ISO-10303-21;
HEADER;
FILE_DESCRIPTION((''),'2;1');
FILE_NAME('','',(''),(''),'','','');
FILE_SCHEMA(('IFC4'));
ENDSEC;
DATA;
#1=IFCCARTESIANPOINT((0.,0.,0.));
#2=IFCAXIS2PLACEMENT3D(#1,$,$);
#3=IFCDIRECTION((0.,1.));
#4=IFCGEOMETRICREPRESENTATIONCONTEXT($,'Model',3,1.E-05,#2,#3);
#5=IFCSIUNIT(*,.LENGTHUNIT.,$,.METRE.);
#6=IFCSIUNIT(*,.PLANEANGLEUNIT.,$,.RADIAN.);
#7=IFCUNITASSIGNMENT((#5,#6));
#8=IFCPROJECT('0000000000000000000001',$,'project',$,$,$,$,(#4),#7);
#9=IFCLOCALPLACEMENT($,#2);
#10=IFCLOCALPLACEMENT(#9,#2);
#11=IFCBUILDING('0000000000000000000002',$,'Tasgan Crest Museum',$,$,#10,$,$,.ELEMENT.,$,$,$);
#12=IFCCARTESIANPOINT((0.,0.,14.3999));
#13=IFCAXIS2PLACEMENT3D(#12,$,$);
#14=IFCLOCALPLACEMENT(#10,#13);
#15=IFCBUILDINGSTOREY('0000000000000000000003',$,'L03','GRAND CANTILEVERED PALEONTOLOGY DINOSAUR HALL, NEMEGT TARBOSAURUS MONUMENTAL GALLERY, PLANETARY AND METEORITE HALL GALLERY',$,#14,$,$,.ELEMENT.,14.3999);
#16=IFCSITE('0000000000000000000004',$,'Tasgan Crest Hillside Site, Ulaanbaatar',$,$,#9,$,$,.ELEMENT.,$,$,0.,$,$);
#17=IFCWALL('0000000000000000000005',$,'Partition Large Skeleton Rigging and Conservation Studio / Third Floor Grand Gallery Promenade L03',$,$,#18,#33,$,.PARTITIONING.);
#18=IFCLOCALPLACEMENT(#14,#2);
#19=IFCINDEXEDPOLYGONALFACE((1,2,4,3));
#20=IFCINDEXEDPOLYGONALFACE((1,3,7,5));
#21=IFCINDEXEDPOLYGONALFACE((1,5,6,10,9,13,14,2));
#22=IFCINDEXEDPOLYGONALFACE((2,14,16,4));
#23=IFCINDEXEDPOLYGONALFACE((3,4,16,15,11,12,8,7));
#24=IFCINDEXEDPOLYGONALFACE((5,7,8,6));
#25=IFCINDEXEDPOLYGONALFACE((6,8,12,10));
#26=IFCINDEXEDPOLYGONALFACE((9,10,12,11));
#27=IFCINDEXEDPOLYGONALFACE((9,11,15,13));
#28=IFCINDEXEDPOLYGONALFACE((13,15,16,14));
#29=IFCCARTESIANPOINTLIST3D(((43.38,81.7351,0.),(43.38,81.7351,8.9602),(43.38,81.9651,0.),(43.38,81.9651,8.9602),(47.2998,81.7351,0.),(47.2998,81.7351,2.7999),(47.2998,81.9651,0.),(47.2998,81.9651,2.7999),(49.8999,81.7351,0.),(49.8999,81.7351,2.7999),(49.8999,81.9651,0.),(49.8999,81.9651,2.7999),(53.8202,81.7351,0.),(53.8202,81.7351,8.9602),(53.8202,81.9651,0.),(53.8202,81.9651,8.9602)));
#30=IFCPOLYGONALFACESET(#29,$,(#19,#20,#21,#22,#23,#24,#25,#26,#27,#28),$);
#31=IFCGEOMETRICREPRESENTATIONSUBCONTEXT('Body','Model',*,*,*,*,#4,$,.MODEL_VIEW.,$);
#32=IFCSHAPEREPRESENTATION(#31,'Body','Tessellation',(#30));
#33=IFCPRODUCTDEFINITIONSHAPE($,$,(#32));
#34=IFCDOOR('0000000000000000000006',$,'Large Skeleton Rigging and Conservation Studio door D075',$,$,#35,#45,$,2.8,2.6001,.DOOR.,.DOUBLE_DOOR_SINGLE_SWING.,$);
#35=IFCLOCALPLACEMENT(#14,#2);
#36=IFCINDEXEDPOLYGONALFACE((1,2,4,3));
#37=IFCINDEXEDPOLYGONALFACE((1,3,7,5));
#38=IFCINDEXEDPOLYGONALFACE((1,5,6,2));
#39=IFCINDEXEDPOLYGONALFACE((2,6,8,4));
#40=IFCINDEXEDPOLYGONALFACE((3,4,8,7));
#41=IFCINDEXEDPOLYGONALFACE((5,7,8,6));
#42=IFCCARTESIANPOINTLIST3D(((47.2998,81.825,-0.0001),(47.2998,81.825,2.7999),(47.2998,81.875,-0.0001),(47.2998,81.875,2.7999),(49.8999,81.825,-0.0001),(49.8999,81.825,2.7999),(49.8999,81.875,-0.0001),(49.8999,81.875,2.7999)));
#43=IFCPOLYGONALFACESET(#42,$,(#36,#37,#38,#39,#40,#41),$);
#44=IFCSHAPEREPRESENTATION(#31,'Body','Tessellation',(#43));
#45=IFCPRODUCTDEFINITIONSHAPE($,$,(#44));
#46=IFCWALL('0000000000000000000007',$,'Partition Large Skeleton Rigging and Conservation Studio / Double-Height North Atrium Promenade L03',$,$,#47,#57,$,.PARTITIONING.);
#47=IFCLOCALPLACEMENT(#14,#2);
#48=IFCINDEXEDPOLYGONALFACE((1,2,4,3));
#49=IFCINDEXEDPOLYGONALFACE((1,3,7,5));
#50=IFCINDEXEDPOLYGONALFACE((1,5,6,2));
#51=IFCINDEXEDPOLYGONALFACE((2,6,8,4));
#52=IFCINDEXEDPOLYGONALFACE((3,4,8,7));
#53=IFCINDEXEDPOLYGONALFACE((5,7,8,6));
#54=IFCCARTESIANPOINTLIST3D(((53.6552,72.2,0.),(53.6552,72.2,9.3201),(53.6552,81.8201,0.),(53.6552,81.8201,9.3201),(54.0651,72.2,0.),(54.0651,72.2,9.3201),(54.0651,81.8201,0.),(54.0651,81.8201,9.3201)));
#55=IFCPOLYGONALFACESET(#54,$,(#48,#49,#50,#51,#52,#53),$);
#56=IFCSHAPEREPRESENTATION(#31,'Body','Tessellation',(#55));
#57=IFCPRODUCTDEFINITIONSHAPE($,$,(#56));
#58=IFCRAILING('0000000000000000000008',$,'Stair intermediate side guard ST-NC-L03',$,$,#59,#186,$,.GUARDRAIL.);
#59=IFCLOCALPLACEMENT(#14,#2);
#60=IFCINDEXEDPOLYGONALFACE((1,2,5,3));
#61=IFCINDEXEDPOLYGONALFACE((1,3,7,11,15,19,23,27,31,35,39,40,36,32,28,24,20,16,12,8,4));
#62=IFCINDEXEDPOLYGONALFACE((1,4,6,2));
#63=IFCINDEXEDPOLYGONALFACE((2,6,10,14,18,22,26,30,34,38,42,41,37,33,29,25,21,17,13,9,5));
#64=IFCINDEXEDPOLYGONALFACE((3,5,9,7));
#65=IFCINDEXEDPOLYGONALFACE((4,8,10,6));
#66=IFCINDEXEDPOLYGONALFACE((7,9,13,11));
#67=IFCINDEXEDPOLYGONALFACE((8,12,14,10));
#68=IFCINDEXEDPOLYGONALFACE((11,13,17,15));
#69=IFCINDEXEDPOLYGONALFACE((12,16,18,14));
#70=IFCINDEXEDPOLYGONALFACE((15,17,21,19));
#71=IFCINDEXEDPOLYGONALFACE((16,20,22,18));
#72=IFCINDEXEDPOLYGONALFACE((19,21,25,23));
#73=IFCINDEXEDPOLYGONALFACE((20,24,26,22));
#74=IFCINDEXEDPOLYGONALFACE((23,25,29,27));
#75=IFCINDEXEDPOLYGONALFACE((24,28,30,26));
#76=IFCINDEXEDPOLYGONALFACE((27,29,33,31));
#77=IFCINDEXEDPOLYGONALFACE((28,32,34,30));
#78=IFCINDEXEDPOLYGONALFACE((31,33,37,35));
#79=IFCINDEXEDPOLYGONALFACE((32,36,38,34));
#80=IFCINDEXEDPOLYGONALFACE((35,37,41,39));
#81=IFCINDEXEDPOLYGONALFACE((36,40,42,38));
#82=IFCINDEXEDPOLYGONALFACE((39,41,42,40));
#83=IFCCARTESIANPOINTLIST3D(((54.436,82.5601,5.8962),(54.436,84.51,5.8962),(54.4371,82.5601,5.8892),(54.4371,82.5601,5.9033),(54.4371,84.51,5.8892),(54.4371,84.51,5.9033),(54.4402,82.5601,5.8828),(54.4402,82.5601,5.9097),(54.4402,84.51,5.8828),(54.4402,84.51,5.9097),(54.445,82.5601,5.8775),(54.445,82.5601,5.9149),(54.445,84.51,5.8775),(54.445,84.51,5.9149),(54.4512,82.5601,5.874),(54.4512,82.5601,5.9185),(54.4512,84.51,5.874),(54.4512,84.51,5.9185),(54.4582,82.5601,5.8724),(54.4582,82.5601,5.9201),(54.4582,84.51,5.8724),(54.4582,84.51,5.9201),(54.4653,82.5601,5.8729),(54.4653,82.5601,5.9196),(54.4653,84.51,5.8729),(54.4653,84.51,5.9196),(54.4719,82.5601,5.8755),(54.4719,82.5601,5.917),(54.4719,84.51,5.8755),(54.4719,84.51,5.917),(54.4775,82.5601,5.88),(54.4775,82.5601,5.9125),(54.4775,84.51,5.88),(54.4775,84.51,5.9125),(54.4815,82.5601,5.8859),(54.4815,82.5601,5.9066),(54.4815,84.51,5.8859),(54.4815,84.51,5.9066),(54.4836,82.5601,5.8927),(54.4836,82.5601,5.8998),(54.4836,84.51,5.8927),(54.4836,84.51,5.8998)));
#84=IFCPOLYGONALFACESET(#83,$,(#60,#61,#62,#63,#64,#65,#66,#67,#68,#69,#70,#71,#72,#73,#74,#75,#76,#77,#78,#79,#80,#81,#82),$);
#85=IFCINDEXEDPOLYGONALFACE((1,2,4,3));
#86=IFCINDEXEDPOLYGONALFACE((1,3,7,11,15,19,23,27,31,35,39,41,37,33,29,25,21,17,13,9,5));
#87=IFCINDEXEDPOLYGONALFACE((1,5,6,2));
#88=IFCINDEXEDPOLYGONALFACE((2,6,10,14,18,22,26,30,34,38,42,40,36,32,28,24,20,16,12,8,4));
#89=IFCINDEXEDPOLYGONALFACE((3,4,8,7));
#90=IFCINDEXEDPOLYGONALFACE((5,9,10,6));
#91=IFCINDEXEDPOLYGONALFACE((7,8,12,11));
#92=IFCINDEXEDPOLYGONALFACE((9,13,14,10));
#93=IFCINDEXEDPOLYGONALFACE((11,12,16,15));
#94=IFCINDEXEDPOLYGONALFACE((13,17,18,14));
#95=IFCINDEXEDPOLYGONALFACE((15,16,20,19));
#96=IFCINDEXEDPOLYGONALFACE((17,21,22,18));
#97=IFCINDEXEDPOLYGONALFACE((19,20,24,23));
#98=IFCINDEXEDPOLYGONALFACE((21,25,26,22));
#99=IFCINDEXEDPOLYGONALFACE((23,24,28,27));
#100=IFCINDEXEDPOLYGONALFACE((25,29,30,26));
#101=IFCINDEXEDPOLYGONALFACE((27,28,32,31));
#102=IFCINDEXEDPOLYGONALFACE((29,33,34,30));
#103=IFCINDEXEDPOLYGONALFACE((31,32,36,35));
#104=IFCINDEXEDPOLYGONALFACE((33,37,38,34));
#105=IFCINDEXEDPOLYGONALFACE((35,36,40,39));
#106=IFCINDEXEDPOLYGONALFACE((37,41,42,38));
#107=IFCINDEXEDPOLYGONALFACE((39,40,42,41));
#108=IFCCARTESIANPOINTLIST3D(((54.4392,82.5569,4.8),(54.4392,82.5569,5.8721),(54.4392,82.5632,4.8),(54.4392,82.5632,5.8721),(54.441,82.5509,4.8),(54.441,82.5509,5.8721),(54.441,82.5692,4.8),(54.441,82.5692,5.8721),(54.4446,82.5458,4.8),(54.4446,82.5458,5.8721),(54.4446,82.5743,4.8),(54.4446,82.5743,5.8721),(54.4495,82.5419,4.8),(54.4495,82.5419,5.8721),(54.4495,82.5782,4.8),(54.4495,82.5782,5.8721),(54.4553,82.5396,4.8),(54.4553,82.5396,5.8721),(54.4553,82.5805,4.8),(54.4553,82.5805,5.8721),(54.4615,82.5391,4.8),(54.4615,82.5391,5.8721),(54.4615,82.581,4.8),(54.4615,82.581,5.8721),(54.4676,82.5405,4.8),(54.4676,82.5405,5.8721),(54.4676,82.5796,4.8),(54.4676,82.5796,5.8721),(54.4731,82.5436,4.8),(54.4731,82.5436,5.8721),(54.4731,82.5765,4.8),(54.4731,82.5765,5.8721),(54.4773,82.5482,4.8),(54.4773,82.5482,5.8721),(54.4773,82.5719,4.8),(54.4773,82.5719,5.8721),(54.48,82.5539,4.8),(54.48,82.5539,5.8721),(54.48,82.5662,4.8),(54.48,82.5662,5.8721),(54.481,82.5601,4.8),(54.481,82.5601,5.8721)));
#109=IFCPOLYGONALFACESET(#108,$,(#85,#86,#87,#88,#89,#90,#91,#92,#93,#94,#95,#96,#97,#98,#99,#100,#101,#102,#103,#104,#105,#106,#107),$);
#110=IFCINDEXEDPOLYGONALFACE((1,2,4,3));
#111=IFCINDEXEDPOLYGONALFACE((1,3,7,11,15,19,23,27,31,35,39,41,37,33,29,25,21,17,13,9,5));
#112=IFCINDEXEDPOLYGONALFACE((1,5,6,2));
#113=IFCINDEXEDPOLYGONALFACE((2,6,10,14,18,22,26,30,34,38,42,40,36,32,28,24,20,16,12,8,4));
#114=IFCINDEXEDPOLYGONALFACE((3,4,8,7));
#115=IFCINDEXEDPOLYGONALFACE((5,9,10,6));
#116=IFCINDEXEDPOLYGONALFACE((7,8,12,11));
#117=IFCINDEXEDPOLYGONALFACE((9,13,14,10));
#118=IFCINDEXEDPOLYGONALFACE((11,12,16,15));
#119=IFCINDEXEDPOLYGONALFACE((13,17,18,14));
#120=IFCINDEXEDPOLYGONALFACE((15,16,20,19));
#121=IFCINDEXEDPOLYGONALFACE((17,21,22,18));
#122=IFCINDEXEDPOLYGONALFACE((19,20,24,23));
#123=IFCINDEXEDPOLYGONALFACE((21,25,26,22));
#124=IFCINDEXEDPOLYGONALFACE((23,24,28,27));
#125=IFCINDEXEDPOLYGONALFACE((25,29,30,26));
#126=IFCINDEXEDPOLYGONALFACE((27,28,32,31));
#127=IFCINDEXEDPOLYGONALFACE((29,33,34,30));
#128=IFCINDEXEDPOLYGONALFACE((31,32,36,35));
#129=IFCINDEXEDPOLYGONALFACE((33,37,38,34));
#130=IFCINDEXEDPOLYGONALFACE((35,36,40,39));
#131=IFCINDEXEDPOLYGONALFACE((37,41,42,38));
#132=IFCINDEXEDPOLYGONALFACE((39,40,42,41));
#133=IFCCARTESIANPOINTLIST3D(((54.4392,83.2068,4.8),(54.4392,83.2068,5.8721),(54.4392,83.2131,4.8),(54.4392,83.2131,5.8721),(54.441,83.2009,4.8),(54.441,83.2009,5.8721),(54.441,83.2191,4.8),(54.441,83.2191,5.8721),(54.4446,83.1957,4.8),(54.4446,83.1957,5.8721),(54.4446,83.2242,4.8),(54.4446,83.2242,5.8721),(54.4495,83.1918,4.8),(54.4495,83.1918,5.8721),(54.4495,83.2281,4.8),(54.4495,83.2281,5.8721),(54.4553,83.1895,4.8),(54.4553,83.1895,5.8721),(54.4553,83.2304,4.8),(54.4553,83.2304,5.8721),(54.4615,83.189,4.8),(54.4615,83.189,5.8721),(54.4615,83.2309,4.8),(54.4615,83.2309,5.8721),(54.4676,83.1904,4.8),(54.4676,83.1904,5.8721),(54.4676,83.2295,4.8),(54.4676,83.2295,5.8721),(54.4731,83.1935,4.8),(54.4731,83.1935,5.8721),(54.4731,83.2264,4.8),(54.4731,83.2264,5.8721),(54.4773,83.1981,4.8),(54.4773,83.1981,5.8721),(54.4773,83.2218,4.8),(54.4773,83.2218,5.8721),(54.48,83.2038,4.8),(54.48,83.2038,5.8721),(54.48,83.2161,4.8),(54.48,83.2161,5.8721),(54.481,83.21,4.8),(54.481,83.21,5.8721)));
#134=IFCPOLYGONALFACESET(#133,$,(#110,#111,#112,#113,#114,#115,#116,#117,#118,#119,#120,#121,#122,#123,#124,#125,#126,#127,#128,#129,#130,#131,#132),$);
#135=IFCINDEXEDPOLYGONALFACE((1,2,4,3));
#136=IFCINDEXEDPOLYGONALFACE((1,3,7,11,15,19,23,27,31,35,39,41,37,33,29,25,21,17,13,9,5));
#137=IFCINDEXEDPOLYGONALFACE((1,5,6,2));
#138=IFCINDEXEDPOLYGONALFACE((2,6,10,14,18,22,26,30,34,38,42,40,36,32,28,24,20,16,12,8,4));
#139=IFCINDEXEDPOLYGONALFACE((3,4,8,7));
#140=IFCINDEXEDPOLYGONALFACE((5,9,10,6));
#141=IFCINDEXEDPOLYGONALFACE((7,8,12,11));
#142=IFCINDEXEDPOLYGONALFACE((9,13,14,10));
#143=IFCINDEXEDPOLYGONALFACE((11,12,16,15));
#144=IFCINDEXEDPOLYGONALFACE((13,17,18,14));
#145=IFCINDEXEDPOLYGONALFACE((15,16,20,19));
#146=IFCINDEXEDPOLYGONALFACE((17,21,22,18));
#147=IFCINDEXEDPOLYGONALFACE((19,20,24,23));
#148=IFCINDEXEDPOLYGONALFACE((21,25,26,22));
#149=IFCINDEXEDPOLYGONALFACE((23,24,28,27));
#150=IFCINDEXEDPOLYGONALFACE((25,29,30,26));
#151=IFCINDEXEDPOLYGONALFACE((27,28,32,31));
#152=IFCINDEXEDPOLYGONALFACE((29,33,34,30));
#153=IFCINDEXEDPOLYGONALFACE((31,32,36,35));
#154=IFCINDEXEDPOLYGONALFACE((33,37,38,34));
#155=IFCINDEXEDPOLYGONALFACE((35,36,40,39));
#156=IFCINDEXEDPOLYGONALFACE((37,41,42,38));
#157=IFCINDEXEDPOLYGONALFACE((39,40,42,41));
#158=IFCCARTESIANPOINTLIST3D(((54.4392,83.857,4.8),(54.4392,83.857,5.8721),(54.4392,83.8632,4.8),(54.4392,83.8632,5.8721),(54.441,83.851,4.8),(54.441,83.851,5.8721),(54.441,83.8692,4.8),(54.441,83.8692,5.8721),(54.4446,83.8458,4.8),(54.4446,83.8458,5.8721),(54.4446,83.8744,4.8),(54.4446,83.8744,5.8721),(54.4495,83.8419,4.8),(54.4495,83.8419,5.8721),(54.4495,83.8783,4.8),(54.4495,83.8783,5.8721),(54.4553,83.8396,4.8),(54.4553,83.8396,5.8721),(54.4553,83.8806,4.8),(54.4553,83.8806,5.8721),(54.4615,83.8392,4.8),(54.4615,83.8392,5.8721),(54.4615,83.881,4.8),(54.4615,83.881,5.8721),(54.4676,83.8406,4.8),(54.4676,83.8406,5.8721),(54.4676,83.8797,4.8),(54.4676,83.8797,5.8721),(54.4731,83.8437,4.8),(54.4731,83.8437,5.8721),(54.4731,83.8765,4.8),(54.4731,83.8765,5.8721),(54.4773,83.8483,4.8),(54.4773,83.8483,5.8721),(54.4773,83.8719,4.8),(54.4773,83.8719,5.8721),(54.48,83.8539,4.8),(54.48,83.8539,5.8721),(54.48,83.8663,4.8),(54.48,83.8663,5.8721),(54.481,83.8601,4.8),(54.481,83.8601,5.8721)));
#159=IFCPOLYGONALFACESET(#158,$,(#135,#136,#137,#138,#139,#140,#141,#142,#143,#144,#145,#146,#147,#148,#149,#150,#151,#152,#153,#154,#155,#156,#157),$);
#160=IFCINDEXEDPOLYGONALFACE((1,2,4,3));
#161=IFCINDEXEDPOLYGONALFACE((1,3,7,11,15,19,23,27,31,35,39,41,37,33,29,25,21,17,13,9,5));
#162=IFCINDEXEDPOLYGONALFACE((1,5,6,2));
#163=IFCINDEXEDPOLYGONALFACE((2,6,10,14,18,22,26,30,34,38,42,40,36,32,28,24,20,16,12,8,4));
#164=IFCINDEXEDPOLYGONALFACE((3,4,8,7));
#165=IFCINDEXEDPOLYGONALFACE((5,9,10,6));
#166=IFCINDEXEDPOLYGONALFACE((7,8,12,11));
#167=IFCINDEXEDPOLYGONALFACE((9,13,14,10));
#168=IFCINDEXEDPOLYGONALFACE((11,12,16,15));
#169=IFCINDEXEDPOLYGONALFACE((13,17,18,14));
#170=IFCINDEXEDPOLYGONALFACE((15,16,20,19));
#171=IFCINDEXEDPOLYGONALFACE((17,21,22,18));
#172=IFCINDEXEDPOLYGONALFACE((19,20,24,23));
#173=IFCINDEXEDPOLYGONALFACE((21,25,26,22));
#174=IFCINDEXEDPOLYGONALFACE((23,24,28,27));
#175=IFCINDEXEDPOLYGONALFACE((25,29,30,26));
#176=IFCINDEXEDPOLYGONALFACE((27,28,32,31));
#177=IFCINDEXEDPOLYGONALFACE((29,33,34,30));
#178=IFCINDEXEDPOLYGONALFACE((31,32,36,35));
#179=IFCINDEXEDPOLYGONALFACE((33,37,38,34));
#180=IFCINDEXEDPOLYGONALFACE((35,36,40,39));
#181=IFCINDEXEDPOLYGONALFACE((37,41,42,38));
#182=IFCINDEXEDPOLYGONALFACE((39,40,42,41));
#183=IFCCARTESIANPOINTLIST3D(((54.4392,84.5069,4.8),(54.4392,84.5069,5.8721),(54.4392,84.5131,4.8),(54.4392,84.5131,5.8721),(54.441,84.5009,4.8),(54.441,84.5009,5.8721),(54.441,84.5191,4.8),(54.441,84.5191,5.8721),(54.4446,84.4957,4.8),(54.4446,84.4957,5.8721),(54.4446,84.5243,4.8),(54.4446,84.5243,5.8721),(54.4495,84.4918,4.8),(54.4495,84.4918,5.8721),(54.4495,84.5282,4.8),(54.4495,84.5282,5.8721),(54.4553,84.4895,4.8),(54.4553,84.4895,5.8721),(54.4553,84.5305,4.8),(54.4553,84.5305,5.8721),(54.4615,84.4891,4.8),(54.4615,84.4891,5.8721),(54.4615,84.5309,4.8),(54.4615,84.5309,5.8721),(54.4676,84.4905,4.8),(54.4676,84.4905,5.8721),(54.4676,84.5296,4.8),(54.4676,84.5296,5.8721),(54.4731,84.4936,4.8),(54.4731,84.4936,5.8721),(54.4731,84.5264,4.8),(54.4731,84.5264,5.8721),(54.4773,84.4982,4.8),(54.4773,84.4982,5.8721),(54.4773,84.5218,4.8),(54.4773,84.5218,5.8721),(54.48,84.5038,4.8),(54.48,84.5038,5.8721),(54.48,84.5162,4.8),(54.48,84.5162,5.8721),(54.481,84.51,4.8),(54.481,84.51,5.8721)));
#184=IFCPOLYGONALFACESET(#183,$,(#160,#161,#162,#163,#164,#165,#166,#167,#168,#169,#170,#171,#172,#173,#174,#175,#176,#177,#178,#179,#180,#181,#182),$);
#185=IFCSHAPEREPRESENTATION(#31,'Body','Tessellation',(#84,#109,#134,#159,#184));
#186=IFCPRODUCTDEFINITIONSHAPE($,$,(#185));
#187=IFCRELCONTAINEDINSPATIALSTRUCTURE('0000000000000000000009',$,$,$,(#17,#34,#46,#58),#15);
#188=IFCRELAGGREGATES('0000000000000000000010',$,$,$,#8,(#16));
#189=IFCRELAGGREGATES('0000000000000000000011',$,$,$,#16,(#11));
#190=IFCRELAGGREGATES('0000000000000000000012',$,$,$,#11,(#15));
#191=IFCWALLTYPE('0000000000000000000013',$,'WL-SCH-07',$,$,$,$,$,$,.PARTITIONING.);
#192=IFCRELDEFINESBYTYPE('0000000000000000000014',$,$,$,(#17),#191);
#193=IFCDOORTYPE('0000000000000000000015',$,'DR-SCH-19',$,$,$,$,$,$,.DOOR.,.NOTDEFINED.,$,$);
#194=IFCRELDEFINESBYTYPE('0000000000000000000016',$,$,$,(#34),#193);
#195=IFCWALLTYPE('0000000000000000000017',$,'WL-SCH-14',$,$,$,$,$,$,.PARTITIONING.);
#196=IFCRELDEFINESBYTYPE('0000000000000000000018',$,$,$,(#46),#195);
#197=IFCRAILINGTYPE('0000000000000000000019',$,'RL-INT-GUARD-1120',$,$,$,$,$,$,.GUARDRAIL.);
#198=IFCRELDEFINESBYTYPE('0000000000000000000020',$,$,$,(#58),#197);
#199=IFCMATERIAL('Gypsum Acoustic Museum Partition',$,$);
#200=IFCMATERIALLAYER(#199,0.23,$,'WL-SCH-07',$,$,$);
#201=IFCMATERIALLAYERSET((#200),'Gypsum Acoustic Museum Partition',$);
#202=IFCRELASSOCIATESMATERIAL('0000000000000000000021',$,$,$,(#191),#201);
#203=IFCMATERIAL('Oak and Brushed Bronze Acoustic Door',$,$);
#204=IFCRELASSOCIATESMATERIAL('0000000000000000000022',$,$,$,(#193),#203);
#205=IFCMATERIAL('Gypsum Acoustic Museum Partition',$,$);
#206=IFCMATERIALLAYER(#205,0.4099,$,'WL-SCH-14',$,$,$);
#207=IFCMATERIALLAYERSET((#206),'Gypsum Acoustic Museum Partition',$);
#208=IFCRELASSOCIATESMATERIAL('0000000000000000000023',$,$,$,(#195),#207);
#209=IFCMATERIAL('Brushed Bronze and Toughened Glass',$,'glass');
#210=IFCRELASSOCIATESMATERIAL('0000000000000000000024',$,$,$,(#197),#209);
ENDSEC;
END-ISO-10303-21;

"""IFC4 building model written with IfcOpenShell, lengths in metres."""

from ifc_helpers import new_model, si_unit, direction, frame, frame_2d, origin, origin_2d, place, context, subcontext, project, spatial, rectangle, circle, extrude, material, layer, layer_set, type_object, element, fill, save


model = new_model("IFC4")

# Units and contexts
model_context = context("Model", 3, precision=1e-05, world=origin(), true_north=direction((0.0, 1.0)))
body_context = subcontext(model_context, "Body", "Model", "MODEL_VIEW")
ifc_project = project(units=[si_unit("LENGTHUNIT", "METRE"), si_unit("PLANEANGLEUNIT", "RADIAN")], contexts=[model_context])

# Site, building, storey
site_placement = place(None, origin())
site = spatial("IfcSite", under=ifc_project, at=site_placement, Name="Tasgan Crest Hillside Site, Ulaanbaatar", CompositionType="ELEMENT", RefElevation=0.0)
building_placement = place(site_placement, origin())
building = spatial("IfcBuilding", under=site, at=building_placement, Name="Tasgan Crest Museum", CompositionType="ELEMENT")
storey_placement = place(building_placement, frame((0.0, 0.0, 14.3999)))
storey = spatial("IfcBuildingStorey", under=building, at=storey_placement, Name="L03", Description="GRAND CANTILEVERED PALEONTOLOGY DINOSAUR HALL, NEMEGT TARBOSAURUS MONUMENTAL GALLERY, PLANETARY AND METEORITE HALL GALLERY", CompositionType="ELEMENT", Elevation=14.3999)

# Wall, opening, door
ifc_material_1 = material(Name="Gypsum Acoustic Museum Partition")
ifc_layer_1 = layer(ifc_material_1, 0.23, Name="WL-SCH-07")
ifc_layer_set_1 = layer_set([ifc_layer_1], Name="Gypsum Acoustic Museum Partition")
wall_type_1 = type_object("IfcWallType", Name="WL-SCH-07", PredefinedType="PARTITIONING", material=ifc_layer_set_1)
wall_1_placement = place(storey_placement, frame((43.3799, 81.8501, 0.0), z_axis=(0.0, 0.0, 1.0), x_axis=(1.0, 0.0, 0.0)))
wall_1 = element("IfcWall", 1, at=wall_1_placement, inside=storey, type_object=wall_type_1, Name="Partition Large Skeleton Rigging and Conservation Studio / Third Floor Grand Gallery Promenade L03", PredefinedType="PARTITIONING", context=body_context, shape_type="SweptSolid", body=[
    extrude(rectangle(XDim=10.4402, YDim=0.23, at=frame_2d((5.2202, 0.0))), origin(), (0.0, 0.0, 1.0), 8.9602),
])
opening_placement = place(wall_1_placement, frame((3.9199, 0.0, 0.0)))
opening = element("IfcOpeningElement", 2, at=opening_placement, cuts=wall_1, PredefinedType="OPENING", context=body_context, shape_type="SweptSolid", body=[
    extrude(rectangle(XDim=2.6001, YDim=2.8, at=frame_2d((1.3, 1.3999))), frame((0.0, 0.125, 0.0), z_axis=(0.0, -1.0, 0.0), x_axis=(1.0, 0.0, 0.0)), (0.0, 0.0, 1.0), 0.25),
])
ifc_material_2 = material(Name="Oak and Brushed Bronze Acoustic Door")
door_type = type_object("IfcDoorType", Name="DR-SCH-19", OperationType="NOTDEFINED", PredefinedType="DOOR", material=ifc_material_2)
door_placement = place(opening_placement, origin())
door = element("IfcDoor", 3, at=door_placement, inside=storey, type_object=door_type, Name="Large Skeleton Rigging and Conservation Studio door D075", OperationType="DOUBLE_DOOR_SINGLE_SWING", OverallHeight=2.8, OverallWidth=2.6001, PredefinedType="DOOR", context=body_context, shape_type="SweptSolid", body=[
    extrude(rectangle(XDim=2.6001, YDim=2.8, at=frame_2d((1.3, 1.3999))), frame((0.0, 0.0249, 0.0), z_axis=(0.0, -1.0, 0.0), x_axis=(1.0, 0.0, 0.0)), (0.0, 0.0, 1.0), 0.05),
])
fill(opening, door)

# Wall
ifc_material_3 = material(Name="Gypsum Acoustic Museum Partition")
ifc_layer_2 = layer(ifc_material_3, 0.4099, Name="WL-SCH-14")
ifc_layer_set_2 = layer_set([ifc_layer_2], Name="Gypsum Acoustic Museum Partition")
wall_type_2 = type_object("IfcWallType", Name="WL-SCH-14", PredefinedType="PARTITIONING", material=ifc_layer_set_2)
wall_2_placement = place(storey_placement, frame((53.8601, 72.2, 0.0), z_axis=(0.0, 0.0, 1.0), x_axis=(0.0, 1.0, 0.0)))
element("IfcWall", 4, at=wall_2_placement, inside=storey, type_object=wall_type_2, Name="Partition Large Skeleton Rigging and Conservation Studio / Double-Height North Atrium Promenade L03", PredefinedType="PARTITIONING", context=body_context, shape_type="SweptSolid", body=[
    extrude(rectangle(XDim=9.6201, YDim=0.4099, at=frame_2d((4.8101, 0.0))), origin(), (0.0, 0.0, 1.0), 9.3201),
])

# Railing
ifc_material_4 = material(Name="Brushed Bronze and Toughened Glass", Category="glass")
railing_type = type_object("IfcRailingType", Name="RL-INT-GUARD-1120", PredefinedType="GUARDRAIL", material=ifc_material_4)
railing_1_placement = place(storey_placement, frame((54.46, 82.5601, 4.8)))
element("IfcRailing", 5, at=railing_1_placement, inside=storey, type_object=railing_type, Name="Stair intermediate side guard ST-NC-L03", PredefinedType="GUARDRAIL", context=body_context, shape_type="SweptSolid", body=[
    extrude(circle(Radius=0.0239, at=origin_2d()), frame((0.0, 0.0, 1.0962), z_axis=(0.0, 1.0, 0.0), x_axis=(-1.0, 0.0, 0.0)), (0.0, 0.0, 1.0), 1.95),
    extrude(circle(Radius=0.021, at=origin_2d()), origin(), (0.0, 0.0, 1.0), 1.072),
    extrude(circle(Radius=0.021, at=origin_2d()), frame((0.0, 0.6499, 0.0)), (0.0, 0.0, 1.0), 1.072),
    extrude(circle(Radius=0.021, at=origin_2d()), frame((0.0, 1.3, 0.0)), (0.0, 0.0, 1.0), 1.072),
    extrude(circle(Radius=0.021, at=origin_2d()), frame((0.0, 1.95, 0.0)), (0.0, 0.0, 1.0), 1.072),
])

save(model, "model.ifc")
